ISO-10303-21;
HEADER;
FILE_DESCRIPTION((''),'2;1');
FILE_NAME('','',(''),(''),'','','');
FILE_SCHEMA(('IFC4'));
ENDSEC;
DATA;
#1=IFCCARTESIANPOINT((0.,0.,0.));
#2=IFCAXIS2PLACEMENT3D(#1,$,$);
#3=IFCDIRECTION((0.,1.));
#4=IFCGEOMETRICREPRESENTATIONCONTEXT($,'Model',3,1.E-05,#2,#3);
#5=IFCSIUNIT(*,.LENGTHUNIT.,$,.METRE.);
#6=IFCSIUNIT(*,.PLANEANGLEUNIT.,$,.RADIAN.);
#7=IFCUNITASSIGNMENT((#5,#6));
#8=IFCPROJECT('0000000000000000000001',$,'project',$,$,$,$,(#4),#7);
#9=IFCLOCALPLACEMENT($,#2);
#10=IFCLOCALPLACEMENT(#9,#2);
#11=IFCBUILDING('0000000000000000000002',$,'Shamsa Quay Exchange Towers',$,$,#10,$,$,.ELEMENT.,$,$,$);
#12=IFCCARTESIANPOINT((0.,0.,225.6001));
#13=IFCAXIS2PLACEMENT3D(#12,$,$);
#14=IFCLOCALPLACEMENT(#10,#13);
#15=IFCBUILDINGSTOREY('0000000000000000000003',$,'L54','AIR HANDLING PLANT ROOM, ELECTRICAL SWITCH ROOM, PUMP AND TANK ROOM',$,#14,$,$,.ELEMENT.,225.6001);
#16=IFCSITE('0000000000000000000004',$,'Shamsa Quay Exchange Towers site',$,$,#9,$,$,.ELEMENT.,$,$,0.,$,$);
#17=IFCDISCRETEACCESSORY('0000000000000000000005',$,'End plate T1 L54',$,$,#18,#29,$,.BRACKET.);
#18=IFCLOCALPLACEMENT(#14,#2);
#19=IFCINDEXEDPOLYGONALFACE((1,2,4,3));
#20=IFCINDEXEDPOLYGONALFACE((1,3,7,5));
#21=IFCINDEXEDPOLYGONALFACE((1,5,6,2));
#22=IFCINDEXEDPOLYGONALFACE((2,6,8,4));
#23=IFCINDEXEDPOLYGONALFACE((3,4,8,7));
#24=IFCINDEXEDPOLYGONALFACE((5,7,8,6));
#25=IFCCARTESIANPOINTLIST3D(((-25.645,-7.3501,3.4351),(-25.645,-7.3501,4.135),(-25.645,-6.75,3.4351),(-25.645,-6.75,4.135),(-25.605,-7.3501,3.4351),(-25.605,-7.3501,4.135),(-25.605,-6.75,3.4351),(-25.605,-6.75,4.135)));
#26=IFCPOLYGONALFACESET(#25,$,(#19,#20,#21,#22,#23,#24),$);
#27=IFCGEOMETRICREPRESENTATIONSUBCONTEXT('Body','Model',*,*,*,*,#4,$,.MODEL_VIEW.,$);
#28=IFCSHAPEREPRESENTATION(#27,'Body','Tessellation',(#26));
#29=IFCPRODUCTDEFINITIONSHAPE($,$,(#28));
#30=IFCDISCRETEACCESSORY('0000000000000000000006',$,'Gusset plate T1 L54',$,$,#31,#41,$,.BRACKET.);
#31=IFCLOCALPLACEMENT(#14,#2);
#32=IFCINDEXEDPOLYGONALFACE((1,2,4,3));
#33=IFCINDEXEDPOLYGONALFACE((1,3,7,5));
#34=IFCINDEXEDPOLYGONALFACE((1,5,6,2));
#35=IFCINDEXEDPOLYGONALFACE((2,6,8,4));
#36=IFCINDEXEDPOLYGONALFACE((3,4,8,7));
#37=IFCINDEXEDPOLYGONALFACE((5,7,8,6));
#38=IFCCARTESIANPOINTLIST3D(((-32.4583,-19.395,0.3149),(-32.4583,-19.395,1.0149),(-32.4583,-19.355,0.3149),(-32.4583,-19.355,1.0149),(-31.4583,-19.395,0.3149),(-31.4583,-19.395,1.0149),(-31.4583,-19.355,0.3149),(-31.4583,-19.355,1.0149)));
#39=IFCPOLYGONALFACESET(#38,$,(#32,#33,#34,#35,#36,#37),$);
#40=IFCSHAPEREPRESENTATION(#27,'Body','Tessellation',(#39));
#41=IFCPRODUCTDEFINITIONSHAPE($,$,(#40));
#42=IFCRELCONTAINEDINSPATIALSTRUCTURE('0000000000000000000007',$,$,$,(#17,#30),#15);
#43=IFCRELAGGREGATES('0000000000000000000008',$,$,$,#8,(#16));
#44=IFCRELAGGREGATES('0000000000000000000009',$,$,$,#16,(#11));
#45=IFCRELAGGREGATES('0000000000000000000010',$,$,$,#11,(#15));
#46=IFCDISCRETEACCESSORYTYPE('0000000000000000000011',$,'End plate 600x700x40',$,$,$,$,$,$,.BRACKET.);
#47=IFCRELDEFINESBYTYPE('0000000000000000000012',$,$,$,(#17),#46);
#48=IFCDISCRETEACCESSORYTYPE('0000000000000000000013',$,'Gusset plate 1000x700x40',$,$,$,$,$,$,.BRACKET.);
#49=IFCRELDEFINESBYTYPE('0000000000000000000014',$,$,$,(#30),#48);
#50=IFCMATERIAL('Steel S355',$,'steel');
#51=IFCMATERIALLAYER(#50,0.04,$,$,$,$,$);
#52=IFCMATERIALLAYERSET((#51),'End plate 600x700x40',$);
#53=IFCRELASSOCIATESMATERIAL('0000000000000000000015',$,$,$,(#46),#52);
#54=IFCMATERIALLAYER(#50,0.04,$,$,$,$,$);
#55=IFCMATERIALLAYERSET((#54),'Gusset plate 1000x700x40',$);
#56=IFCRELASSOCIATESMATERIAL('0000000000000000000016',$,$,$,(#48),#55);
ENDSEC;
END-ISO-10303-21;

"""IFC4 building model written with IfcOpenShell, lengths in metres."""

from ifc_helpers import new_model, si_unit, direction, frame, origin, origin_2d, place, context, subcontext, project, spatial, rectangle, extrude, material, layer, layer_set, type_object, element, save


model = new_model("IFC4")

# Units and contexts
model_context = context("Model", 3, precision=1e-05, world=origin(), true_north=direction((0.0, 1.0)))
body_context = subcontext(model_context, "Body", "Model", "MODEL_VIEW")
ifc_project = project(units=[si_unit("LENGTHUNIT", "METRE"), si_unit("PLANEANGLEUNIT", "RADIAN")], contexts=[model_context])

# Site, building, storey
site_placement = place(None, origin())
site = spatial("IfcSite", under=ifc_project, at=site_placement, Name="Shamsa Quay Exchange Towers site", CompositionType="ELEMENT", RefElevation=0.0)
building_placement = place(site_placement, origin())
building = spatial("IfcBuilding", under=site, at=building_placement, Name="Shamsa Quay Exchange Towers", CompositionType="ELEMENT")
storey_placement = place(building_placement, frame((0.0, 0.0, 225.6001)))
storey = spatial("IfcBuildingStorey", under=building, at=storey_placement, Name="L54", Description="AIR HANDLING PLANT ROOM, ELECTRICAL SWITCH ROOM, PUMP AND TANK ROOM", CompositionType="ELEMENT", Elevation=225.6001)

# Shared definitions
ifc_material_1 = material(Name="Steel S355", Category="steel")

# Discrete accessories
ifc_layer_1 = layer(ifc_material_1, 0.04)
ifc_layer_set_1 = layer_set([ifc_layer_1], Name="End plate 600x700x40")
discrete_accessory_type_1 = type_object("IfcDiscreteAccessoryType", Name="End plate 600x700x40", PredefinedType="BRACKET", material=ifc_layer_set_1)
for number, where, z_axis, x_axis, name in (
    (1, (-25.625, -7.05, 3.4351), (0.0, 0.0, 1.0), (0.0, 1.0, 0.0), "End plate T1 L54"),
):
    element("IfcDiscreteAccessory", number, at=place(storey_placement, frame(where, z_axis=z_axis, x_axis=x_axis)), inside=storey, type_object=discrete_accessory_type_1, Name=name, PredefinedType="BRACKET", context=body_context, shape_type="SweptSolid", body=[
        extrude(rectangle(XDim=0.6001, YDim=0.04, at=origin_2d()), origin(), (0.0, 0.0, 1.0), 0.7),
    ])
ifc_layer_2 = layer(ifc_material_1, 0.04)
ifc_layer_set_2 = layer_set([ifc_layer_2], Name="Gusset plate 1000x700x40")
discrete_accessory_type_2 = type_object("IfcDiscreteAccessoryType", Name="Gusset plate 1000x700x40", PredefinedType="BRACKET", material=ifc_layer_set_2)
discrete_accessory_1_placement = place(storey_placement, frame((-31.9583, -19.375, 0.3149)))
element("IfcDiscreteAccessory", 2, at=discrete_accessory_1_placement, inside=storey, type_object=discrete_accessory_type_2, Name="Gusset plate T1 L54", PredefinedType="BRACKET", context=body_context, shape_type="SweptSolid", body=[
    extrude(rectangle(XDim=1.0, YDim=0.04, at=origin_2d()), origin(), (0.0, 0.0, 1.0), 0.7),
])

save(model, "model.ifc")
